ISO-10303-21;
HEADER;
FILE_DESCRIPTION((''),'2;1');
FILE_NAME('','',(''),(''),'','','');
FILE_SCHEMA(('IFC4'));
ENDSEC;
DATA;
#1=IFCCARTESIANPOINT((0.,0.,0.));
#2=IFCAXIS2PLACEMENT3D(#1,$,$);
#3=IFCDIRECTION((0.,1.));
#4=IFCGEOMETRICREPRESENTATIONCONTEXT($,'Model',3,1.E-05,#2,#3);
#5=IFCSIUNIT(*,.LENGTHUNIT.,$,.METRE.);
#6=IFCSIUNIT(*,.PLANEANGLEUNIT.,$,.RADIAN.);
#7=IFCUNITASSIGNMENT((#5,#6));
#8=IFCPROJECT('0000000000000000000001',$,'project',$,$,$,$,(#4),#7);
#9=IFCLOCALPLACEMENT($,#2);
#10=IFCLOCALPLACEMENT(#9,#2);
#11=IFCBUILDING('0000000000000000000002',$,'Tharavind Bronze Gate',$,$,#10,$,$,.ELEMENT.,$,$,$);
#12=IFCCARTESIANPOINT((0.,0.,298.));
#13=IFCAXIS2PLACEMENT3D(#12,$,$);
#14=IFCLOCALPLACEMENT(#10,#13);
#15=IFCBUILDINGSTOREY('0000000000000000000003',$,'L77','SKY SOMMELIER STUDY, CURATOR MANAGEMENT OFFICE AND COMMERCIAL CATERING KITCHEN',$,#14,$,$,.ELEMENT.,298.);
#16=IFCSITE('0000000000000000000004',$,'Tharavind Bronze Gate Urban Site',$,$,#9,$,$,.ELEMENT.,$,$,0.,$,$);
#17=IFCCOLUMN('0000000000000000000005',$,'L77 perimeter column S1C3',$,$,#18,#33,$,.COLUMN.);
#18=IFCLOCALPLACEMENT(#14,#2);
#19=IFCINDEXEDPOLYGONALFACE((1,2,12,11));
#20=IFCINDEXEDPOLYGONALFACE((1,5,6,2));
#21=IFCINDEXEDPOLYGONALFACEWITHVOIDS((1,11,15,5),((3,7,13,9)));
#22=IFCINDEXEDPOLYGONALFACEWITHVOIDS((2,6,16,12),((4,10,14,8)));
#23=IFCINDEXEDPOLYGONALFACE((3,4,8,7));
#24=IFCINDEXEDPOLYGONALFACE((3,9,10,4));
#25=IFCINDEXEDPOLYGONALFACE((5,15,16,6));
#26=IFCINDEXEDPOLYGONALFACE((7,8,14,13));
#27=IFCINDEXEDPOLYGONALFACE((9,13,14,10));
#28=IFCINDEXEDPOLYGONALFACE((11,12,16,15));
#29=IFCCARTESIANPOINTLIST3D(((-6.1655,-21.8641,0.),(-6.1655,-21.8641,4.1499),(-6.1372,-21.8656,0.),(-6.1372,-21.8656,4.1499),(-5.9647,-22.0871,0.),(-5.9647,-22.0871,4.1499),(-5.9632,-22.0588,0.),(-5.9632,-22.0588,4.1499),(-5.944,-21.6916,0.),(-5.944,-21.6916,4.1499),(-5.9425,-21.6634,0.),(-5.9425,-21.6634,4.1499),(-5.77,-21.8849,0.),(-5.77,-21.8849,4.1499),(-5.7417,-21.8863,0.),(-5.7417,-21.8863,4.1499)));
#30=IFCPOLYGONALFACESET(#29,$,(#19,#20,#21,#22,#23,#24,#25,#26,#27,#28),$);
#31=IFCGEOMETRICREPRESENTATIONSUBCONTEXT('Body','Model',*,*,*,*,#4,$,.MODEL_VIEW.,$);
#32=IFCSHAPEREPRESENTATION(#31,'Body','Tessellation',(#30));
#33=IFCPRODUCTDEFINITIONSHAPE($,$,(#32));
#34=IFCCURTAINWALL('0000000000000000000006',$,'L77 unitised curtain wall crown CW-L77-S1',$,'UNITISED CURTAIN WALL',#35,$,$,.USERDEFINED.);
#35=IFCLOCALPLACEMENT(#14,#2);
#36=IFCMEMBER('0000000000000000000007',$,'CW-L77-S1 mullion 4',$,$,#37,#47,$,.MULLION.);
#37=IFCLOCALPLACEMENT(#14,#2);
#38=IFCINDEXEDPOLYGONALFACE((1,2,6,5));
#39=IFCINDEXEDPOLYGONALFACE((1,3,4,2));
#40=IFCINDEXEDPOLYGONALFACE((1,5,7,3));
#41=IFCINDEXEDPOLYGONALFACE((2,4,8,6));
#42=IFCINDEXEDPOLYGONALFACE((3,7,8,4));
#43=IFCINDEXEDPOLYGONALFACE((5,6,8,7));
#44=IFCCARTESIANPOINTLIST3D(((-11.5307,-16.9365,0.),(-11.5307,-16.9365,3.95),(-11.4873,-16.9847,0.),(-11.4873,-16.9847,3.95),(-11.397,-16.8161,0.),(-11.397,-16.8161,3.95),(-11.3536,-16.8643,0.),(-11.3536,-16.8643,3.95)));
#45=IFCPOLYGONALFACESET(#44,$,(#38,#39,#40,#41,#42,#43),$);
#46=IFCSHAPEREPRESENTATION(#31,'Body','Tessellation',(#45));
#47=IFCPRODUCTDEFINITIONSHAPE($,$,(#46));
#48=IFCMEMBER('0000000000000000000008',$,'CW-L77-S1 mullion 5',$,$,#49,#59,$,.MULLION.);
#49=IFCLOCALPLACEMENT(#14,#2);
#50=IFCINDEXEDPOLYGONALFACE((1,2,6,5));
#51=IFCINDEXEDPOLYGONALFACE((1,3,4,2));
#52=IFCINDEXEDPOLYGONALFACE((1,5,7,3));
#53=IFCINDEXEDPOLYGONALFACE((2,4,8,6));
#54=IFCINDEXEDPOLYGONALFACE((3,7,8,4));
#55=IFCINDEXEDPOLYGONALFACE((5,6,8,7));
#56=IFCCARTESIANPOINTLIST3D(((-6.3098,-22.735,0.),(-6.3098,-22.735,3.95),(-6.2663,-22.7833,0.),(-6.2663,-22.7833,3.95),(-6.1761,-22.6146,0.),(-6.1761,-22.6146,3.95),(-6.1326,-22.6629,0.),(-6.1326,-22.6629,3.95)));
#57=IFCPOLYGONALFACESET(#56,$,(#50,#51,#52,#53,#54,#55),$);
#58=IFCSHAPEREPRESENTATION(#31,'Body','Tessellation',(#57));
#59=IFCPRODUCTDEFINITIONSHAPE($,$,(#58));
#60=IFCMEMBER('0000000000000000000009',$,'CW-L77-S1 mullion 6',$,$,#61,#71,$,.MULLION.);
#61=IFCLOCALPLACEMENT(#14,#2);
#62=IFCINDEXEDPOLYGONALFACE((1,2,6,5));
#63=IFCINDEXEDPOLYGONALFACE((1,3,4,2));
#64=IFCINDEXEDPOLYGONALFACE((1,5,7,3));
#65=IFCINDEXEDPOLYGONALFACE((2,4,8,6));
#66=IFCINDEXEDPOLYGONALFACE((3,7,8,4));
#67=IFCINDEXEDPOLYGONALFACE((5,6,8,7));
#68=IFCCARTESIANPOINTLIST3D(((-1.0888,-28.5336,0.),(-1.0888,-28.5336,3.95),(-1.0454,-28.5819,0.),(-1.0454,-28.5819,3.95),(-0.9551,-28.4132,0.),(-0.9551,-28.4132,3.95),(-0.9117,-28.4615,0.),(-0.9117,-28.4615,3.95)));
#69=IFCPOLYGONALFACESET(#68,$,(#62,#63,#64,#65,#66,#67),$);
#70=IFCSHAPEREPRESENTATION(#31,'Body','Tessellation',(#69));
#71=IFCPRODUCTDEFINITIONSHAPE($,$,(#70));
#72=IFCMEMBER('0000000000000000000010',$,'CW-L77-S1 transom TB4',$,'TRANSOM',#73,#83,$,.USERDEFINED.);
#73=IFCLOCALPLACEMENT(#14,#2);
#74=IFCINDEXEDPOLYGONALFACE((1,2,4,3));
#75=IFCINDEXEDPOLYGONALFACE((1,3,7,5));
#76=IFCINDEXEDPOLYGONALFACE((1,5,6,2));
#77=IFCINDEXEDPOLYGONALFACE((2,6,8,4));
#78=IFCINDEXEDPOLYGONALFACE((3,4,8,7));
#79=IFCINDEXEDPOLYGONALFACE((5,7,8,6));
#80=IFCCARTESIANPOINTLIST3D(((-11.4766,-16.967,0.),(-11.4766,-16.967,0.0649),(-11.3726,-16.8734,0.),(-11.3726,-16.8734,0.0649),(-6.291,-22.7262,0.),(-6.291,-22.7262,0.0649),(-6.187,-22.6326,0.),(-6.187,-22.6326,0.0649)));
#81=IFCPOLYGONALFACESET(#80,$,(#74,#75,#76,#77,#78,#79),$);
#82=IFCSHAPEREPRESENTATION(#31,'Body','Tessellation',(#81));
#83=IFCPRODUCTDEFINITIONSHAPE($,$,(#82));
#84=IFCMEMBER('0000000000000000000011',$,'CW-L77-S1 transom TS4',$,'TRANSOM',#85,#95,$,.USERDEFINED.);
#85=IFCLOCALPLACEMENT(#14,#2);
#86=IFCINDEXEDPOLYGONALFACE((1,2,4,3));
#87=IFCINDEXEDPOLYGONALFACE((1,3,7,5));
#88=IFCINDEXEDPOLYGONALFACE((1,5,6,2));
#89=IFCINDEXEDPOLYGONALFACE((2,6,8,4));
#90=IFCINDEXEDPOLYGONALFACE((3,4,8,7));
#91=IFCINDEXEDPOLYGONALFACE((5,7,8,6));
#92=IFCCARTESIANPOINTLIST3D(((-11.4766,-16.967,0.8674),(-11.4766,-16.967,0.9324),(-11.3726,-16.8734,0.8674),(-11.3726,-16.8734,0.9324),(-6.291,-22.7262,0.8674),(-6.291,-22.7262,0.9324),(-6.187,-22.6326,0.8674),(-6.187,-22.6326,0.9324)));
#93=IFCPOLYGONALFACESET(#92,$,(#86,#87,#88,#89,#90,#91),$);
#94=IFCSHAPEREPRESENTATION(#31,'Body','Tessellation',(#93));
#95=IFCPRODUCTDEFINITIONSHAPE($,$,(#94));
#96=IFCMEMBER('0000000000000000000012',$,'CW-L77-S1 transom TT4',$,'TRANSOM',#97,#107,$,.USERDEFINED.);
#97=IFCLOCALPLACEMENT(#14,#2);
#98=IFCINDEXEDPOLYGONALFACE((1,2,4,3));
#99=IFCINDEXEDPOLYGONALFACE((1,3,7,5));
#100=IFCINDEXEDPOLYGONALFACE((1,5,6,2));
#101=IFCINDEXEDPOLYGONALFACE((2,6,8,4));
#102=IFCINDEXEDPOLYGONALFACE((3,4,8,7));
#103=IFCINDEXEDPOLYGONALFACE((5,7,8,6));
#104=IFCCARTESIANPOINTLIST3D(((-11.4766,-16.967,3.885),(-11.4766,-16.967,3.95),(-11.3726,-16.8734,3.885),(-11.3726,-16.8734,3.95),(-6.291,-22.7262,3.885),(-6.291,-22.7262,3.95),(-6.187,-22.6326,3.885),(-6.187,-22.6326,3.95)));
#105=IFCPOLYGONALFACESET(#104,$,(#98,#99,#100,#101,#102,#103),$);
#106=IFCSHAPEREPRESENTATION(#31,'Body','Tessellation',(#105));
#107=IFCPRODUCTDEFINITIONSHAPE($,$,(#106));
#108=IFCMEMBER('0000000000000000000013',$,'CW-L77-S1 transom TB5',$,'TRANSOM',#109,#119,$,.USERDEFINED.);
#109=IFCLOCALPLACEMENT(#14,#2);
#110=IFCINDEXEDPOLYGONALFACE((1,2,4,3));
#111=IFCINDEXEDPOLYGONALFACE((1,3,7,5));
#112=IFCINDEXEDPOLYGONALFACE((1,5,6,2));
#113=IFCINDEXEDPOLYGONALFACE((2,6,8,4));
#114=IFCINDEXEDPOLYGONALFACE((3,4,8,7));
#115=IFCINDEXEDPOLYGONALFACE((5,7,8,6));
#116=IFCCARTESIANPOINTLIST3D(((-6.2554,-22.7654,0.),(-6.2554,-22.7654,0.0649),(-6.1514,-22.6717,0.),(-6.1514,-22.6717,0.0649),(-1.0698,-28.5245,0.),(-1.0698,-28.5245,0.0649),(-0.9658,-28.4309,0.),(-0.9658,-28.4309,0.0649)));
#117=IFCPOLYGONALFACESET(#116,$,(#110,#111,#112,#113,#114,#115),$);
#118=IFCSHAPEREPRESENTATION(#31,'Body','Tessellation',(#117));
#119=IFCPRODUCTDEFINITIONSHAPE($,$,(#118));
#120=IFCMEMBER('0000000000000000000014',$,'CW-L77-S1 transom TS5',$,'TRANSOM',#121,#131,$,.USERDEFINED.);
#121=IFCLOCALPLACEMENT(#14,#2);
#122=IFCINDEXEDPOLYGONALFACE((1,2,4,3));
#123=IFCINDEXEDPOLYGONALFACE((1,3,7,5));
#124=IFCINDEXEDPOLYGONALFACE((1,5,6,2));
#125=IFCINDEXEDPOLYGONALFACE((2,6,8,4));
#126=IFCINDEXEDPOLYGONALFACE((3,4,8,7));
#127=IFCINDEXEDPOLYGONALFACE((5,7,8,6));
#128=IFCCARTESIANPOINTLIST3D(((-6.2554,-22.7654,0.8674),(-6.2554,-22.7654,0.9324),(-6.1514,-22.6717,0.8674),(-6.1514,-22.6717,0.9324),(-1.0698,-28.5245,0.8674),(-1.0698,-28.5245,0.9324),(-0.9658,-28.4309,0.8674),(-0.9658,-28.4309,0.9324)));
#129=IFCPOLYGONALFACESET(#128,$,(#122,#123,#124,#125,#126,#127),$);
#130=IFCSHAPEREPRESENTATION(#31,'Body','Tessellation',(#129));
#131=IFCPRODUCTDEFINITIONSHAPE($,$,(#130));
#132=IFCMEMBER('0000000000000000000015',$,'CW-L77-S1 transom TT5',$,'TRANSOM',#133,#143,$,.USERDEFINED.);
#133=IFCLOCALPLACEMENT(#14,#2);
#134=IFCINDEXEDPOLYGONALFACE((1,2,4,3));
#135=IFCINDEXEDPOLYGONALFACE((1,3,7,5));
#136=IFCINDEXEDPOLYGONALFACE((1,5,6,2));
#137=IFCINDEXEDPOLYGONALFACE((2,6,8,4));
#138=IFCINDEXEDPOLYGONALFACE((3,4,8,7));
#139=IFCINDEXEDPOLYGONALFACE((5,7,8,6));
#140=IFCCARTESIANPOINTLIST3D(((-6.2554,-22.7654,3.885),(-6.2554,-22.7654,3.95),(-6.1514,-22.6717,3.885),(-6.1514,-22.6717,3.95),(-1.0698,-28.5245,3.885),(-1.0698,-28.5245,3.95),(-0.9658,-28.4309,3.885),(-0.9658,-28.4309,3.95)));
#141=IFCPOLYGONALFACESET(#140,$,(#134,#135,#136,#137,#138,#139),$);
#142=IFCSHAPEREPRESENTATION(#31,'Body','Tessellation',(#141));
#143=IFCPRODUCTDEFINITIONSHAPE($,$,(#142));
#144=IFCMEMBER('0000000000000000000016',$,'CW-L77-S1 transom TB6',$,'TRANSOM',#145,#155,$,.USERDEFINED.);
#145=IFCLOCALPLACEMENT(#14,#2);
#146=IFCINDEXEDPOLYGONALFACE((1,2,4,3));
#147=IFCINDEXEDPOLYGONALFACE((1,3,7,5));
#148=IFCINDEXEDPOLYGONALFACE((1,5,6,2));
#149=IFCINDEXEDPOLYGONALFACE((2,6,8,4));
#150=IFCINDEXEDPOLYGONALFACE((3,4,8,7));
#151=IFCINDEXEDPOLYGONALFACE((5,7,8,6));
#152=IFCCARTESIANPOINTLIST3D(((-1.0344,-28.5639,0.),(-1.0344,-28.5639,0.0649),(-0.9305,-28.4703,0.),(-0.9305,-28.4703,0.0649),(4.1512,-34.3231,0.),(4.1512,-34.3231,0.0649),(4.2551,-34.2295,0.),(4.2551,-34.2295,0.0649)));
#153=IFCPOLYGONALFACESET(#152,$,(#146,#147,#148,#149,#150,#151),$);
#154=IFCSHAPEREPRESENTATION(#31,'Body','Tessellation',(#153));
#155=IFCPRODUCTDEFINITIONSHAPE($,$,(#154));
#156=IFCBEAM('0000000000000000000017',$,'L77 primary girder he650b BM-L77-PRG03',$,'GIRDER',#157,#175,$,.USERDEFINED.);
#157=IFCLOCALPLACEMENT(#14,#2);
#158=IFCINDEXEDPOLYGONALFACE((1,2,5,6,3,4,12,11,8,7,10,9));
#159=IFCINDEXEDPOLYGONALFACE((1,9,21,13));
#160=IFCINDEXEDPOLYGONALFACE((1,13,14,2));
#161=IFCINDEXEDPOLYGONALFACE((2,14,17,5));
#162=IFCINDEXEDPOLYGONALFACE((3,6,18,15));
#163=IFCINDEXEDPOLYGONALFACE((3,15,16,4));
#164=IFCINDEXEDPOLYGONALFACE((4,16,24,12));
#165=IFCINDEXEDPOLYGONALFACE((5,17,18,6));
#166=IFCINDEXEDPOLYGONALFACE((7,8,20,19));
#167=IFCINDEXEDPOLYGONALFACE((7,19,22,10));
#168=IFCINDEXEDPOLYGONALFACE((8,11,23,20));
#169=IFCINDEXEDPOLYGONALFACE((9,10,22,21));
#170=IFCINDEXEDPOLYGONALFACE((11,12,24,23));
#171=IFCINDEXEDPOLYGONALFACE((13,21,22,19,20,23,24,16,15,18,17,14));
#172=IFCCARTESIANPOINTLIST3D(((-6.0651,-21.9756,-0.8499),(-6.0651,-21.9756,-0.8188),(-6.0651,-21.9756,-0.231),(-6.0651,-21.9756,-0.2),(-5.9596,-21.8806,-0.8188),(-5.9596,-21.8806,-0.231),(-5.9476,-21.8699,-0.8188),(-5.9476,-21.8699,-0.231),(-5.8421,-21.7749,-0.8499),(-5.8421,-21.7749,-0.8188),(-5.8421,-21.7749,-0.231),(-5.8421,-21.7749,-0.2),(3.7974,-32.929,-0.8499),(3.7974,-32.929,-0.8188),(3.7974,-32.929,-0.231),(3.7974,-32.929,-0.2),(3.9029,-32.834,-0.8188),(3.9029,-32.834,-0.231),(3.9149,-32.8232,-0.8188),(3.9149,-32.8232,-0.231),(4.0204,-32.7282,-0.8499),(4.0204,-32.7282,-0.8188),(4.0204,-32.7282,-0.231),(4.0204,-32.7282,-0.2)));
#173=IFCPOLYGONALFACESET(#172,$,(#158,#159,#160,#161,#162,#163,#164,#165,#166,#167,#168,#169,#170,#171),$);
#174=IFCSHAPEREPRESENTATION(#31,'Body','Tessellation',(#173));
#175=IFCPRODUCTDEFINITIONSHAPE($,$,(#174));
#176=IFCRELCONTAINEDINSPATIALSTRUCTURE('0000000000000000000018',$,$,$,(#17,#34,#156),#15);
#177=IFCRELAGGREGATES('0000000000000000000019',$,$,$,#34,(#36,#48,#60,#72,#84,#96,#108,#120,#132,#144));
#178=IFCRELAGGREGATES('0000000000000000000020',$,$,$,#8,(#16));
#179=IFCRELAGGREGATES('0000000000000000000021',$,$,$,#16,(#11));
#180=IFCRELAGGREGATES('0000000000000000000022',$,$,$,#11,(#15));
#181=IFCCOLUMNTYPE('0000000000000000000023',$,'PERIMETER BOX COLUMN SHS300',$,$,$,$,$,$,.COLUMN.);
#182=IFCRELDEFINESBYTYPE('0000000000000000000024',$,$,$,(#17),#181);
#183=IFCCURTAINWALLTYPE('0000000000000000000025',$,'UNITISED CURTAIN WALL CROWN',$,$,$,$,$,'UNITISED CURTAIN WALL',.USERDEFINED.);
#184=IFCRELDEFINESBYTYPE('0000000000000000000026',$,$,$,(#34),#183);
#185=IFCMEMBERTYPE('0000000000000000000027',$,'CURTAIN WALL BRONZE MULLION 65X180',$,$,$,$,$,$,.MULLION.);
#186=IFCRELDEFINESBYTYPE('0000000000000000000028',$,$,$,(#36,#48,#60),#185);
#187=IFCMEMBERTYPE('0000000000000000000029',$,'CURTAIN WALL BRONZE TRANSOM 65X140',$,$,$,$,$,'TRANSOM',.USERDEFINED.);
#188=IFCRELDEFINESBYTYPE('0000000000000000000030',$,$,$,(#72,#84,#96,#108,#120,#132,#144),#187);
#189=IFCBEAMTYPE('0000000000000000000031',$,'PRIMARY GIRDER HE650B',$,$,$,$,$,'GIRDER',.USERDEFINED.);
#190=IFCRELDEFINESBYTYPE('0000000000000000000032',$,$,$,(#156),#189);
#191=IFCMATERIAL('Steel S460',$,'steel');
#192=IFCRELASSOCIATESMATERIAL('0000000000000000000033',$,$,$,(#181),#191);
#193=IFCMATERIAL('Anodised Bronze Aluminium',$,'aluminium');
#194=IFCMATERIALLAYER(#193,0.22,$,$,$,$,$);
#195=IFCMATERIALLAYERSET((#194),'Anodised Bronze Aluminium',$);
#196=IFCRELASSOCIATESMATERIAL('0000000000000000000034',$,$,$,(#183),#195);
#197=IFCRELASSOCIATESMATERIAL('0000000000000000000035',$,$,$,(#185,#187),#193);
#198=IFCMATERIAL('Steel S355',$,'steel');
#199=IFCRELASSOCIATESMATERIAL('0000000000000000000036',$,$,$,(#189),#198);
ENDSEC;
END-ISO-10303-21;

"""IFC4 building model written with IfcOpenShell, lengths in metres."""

from ifc_helpers import new_model, si_unit, direction, frame, origin, origin_2d, place, context, subcontext, project, spatial, rectangle, hollow_rectangle, i_section, extrude, material, layer, layer_set, material_profile, profile_set, type_object, element, aggregate, save


model = new_model("IFC4")

# Units and contexts
model_context = context("Model", 3, precision=1e-05, world=origin(), true_north=direction((0.0, 1.0)))
body_context = subcontext(model_context, "Body", "Model", "MODEL_VIEW")
ifc_project = project(units=[si_unit("LENGTHUNIT", "METRE"), si_unit("PLANEANGLEUNIT", "RADIAN")], contexts=[model_context])

# Site, building, storey
site_placement = place(None, origin())
site = spatial("IfcSite", under=ifc_project, at=site_placement, Name="Tharavind Bronze Gate Urban Site", CompositionType="ELEMENT", RefElevation=0.0)
building_placement = place(site_placement, origin())
building = spatial("IfcBuilding", under=site, at=building_placement, Name="Tharavind Bronze Gate", CompositionType="ELEMENT")
storey_placement = place(building_placement, frame((0.0, 0.0, 298.0)))
storey = spatial("IfcBuildingStorey", under=building, at=storey_placement, Name="L77", Description="SKY SOMMELIER STUDY, CURATOR MANAGEMENT OFFICE AND COMMERCIAL CATERING KITCHEN", CompositionType="ELEMENT", Elevation=298.0)

# Column
ifc_material_1 = material(Name="Steel S460", Category="steel")
ifc_material_profile_1 = material_profile(ifc_material_1, hollow_rectangle(XDim=0.3, YDim=0.3, WallThickness=0.02, at=origin_2d()), Name="SHS300X20")
ifc_profile_set_1 = profile_set([ifc_material_profile_1], Name="Steel S460")
column_type = type_object("IfcColumnType", Name="PERIMETER BOX COLUMN SHS300", PredefinedType="COLUMN", material=ifc_profile_set_1)
column_placement = place(storey_placement, frame((-5.9536, -21.8752, 0.0), z_axis=(0.0, 0.0, 1.0), x_axis=(-0.669131, 0.743145, 0.0)))
element("IfcColumn", 1, at=column_placement, inside=storey, type_object=column_type, Name="L77 perimeter column S1C3", PredefinedType="COLUMN", context=body_context, shape_type="SweptSolid", body=[
    extrude(hollow_rectangle(XDim=0.3, YDim=0.3, WallThickness=0.02, at=origin_2d()), origin(), (0.0, 0.0, 1.0), 4.1499),
])

# Curtain wall, members
ifc_material_2 = material(Name="Anodised Bronze Aluminium", Category="aluminium")
ifc_layer_1 = layer(ifc_material_2, 0.22)
ifc_layer_set_1 = layer_set([ifc_layer_1], Name="Anodised Bronze Aluminium")
curtain_wall_type = type_object("IfcCurtainWallType", Name="UNITISED CURTAIN WALL CROWN", ElementType="UNITISED CURTAIN WALL", PredefinedType="USERDEFINED", material=ifc_layer_set_1)
curtain_wall_placement = place(storey_placement, origin())
curtain_wall = element("IfcCurtainWall", 2, at=curtain_wall_placement, inside=storey, type_object=curtain_wall_type, Name="L77 unitised curtain wall crown CW-L77-S1", ObjectType="UNITISED CURTAIN WALL", PredefinedType="USERDEFINED")
member_type_1 = type_object("IfcMemberType", Name="CURTAIN WALL BRONZE MULLION 65X180", PredefinedType="MULLION", material=ifc_material_2)
member_1_placement = place(storey_placement, frame((-11.4421, -16.9004, 0.0), z_axis=(0.0, 0.0, 1.0), x_axis=(0.669131, -0.743145, 0.0)))
member_1 = element("IfcMember", 3, at=member_1_placement, type_object=member_type_1, Name="CW-L77-S1 mullion 4", PredefinedType="MULLION", context=body_context, shape_type="SweptSolid", body=[
    extrude(rectangle(XDim=0.0649, YDim=0.1799, at=origin_2d()), origin(), (0.0, 0.0, 1.0), 3.95),
])
member_2_placement = place(storey_placement, frame((-6.2212, -22.699, 0.0), z_axis=(0.0, 0.0, 1.0), x_axis=(0.669131, -0.743145, 0.0)))
member_2 = element("IfcMember", 4, at=member_2_placement, type_object=member_type_1, Name="CW-L77-S1 mullion 5", PredefinedType="MULLION", context=body_context, shape_type="SweptSolid", body=[
    extrude(rectangle(XDim=0.0649, YDim=0.1799, at=origin_2d()), origin(), (0.0, 0.0, 1.0), 3.95),
])
member_3_placement = place(storey_placement, frame((-1.0002, -28.4976, 0.0), z_axis=(0.0, 0.0, 1.0), x_axis=(0.669131, -0.743145, 0.0)))
member_3 = element("IfcMember", 5, at=member_3_placement, type_object=member_type_1, Name="CW-L77-S1 mullion 6", PredefinedType="MULLION", context=body_context, shape_type="SweptSolid", body=[
    extrude(rectangle(XDim=0.0649, YDim=0.1799, at=origin_2d()), origin(), (0.0, 0.0, 1.0), 3.95),
])
member_type_2 = type_object("IfcMemberType", Name="CURTAIN WALL BRONZE TRANSOM 65X140", ElementType="TRANSOM", PredefinedType="USERDEFINED", material=ifc_material_2)
member_4_placement = place(storey_placement, frame((-8.8318, -19.7998, 0.0), z_axis=(0.0, 0.0, 1.0), x_axis=(0.669131, -0.743145, 0.0)))
member_4 = element("IfcMember", 6, at=member_4_placement, type_object=member_type_2, Name="CW-L77-S1 transom TB4", ObjectType="TRANSOM", PredefinedType="USERDEFINED", context=body_context, shape_type="SweptSolid", body=[
    extrude(rectangle(XDim=7.7498, YDim=0.1399, at=origin_2d()), origin(), (0.0, 0.0, 1.0), 0.0649),
])
member_5_placement = place(storey_placement, frame((-8.8318, -19.7998, 0.8674), z_axis=(0.0, 0.0, 1.0), x_axis=(0.669131, -0.743145, 0.0)))
member_5 = element("IfcMember", 7, at=member_5_placement, type_object=member_type_2, Name="CW-L77-S1 transom TS4", ObjectType="TRANSOM", PredefinedType="USERDEFINED", context=body_context, shape_type="SweptSolid", body=[
    extrude(rectangle(XDim=7.7498, YDim=0.1399, at=origin_2d()), origin(), (0.0, 0.0, 1.0), 0.0649),
])
member_6_placement = place(storey_placement, frame((-8.8318, -19.7998, 3.885), z_axis=(0.0, 0.0, 1.0), x_axis=(0.669131, -0.743145, 0.0)))
member_6 = element("IfcMember", 8, at=member_6_placement, type_object=member_type_2, Name="CW-L77-S1 transom TT4", ObjectType="TRANSOM", PredefinedType="USERDEFINED", context=body_context, shape_type="SweptSolid", body=[
    extrude(rectangle(XDim=7.7498, YDim=0.1399, at=origin_2d()), origin(), (0.0, 0.0, 1.0), 0.0649),
])
member_7_placement = place(storey_placement, frame((-3.6106, -25.5981, 0.0), z_axis=(0.0, 0.0, 1.0), x_axis=(0.669131, -0.743145, 0.0)))
member_7 = element("IfcMember", 9, at=member_7_placement, type_object=member_type_2, Name="CW-L77-S1 transom TB5", ObjectType="TRANSOM", PredefinedType="USERDEFINED", context=body_context, shape_type="SweptSolid", body=[
    extrude(rectangle(XDim=7.7498, YDim=0.1399, at=origin_2d()), origin(), (0.0, 0.0, 1.0), 0.0649),
])
member_8_placement = place(storey_placement, frame((-3.6106, -25.5981, 0.8674), z_axis=(0.0, 0.0, 1.0), x_axis=(0.669131, -0.743145, 0.0)))
member_8 = element("IfcMember", 10, at=member_8_placement, type_object=member_type_2, Name="CW-L77-S1 transom TS5", ObjectType="TRANSOM", PredefinedType="USERDEFINED", context=body_context, shape_type="SweptSolid", body=[
    extrude(rectangle(XDim=7.7498, YDim=0.1399, at=origin_2d()), origin(), (0.0, 0.0, 1.0), 0.0649),
])
member_9_placement = place(storey_placement, frame((-3.6106, -25.5981, 3.885), z_axis=(0.0, 0.0, 1.0), x_axis=(0.669131, -0.743145, 0.0)))
member_9 = element("IfcMember", 11, at=member_9_placement, type_object=member_type_2, Name="CW-L77-S1 transom TT5", ObjectType="TRANSOM", PredefinedType="USERDEFINED", context=body_context, shape_type="SweptSolid", body=[
    extrude(rectangle(XDim=7.7498, YDim=0.1399, at=origin_2d()), origin(), (0.0, 0.0, 1.0), 0.0649),
])
member_10_placement = place(storey_placement, frame((1.6104, -31.3967, 0.0), z_axis=(0.0, 0.0, 1.0), x_axis=(0.669131, -0.743145, 0.0)))
member_10 = element("IfcMember", 12, at=member_10_placement, type_object=member_type_2, Name="CW-L77-S1 transom TB6", ObjectType="TRANSOM", PredefinedType="USERDEFINED", context=body_context, shape_type="SweptSolid", body=[
    extrude(rectangle(XDim=7.7498, YDim=0.1399, at=origin_2d()), origin(), (0.0, 0.0, 1.0), 0.0649),
])

# Beam
ifc_material_3 = material(Name="Steel S355", Category="steel")
ifc_material_profile_2 = material_profile(ifc_material_3, i_section(OverallWidth=0.3, OverallDepth=0.6499, WebThickness=0.0161, FlangeThickness=0.031, at=origin_2d()), Name="HE650B")
ifc_profile_set_2 = profile_set([ifc_material_profile_2], Name="Steel S355")
beam_type_1 = type_object("IfcBeamType", Name="PRIMARY GIRDER HE650B", ElementType="GIRDER", PredefinedType="USERDEFINED", material=ifc_profile_set_2)
beam_1_placement = place(storey_placement, frame((-5.9536, -21.8752, -0.5249), z_axis=(0.669134, -0.743142, 0.0), x_axis=(0.743142, 0.669134, 0.0)))
element("IfcBeam", 13, at=beam_1_placement, inside=storey, type_object=beam_type_1, Name="L77 primary girder he650b BM-L77-PRG03", ObjectType="GIRDER", PredefinedType="USERDEFINED", context=body_context, shape_type="SweptSolid", body=[
    extrude(i_section(OverallWidth=0.3, OverallDepth=0.6499, WebThickness=0.0161, FlangeThickness=0.031, at=origin_2d()), origin(), (0.0, 0.0, 1.0), 14.7393),
])

aggregate(curtain_wall, [member_1, member_2, member_3, member_4, member_5, member_6, member_7, member_8, member_9, member_10])

save(model, "model.ifc")
